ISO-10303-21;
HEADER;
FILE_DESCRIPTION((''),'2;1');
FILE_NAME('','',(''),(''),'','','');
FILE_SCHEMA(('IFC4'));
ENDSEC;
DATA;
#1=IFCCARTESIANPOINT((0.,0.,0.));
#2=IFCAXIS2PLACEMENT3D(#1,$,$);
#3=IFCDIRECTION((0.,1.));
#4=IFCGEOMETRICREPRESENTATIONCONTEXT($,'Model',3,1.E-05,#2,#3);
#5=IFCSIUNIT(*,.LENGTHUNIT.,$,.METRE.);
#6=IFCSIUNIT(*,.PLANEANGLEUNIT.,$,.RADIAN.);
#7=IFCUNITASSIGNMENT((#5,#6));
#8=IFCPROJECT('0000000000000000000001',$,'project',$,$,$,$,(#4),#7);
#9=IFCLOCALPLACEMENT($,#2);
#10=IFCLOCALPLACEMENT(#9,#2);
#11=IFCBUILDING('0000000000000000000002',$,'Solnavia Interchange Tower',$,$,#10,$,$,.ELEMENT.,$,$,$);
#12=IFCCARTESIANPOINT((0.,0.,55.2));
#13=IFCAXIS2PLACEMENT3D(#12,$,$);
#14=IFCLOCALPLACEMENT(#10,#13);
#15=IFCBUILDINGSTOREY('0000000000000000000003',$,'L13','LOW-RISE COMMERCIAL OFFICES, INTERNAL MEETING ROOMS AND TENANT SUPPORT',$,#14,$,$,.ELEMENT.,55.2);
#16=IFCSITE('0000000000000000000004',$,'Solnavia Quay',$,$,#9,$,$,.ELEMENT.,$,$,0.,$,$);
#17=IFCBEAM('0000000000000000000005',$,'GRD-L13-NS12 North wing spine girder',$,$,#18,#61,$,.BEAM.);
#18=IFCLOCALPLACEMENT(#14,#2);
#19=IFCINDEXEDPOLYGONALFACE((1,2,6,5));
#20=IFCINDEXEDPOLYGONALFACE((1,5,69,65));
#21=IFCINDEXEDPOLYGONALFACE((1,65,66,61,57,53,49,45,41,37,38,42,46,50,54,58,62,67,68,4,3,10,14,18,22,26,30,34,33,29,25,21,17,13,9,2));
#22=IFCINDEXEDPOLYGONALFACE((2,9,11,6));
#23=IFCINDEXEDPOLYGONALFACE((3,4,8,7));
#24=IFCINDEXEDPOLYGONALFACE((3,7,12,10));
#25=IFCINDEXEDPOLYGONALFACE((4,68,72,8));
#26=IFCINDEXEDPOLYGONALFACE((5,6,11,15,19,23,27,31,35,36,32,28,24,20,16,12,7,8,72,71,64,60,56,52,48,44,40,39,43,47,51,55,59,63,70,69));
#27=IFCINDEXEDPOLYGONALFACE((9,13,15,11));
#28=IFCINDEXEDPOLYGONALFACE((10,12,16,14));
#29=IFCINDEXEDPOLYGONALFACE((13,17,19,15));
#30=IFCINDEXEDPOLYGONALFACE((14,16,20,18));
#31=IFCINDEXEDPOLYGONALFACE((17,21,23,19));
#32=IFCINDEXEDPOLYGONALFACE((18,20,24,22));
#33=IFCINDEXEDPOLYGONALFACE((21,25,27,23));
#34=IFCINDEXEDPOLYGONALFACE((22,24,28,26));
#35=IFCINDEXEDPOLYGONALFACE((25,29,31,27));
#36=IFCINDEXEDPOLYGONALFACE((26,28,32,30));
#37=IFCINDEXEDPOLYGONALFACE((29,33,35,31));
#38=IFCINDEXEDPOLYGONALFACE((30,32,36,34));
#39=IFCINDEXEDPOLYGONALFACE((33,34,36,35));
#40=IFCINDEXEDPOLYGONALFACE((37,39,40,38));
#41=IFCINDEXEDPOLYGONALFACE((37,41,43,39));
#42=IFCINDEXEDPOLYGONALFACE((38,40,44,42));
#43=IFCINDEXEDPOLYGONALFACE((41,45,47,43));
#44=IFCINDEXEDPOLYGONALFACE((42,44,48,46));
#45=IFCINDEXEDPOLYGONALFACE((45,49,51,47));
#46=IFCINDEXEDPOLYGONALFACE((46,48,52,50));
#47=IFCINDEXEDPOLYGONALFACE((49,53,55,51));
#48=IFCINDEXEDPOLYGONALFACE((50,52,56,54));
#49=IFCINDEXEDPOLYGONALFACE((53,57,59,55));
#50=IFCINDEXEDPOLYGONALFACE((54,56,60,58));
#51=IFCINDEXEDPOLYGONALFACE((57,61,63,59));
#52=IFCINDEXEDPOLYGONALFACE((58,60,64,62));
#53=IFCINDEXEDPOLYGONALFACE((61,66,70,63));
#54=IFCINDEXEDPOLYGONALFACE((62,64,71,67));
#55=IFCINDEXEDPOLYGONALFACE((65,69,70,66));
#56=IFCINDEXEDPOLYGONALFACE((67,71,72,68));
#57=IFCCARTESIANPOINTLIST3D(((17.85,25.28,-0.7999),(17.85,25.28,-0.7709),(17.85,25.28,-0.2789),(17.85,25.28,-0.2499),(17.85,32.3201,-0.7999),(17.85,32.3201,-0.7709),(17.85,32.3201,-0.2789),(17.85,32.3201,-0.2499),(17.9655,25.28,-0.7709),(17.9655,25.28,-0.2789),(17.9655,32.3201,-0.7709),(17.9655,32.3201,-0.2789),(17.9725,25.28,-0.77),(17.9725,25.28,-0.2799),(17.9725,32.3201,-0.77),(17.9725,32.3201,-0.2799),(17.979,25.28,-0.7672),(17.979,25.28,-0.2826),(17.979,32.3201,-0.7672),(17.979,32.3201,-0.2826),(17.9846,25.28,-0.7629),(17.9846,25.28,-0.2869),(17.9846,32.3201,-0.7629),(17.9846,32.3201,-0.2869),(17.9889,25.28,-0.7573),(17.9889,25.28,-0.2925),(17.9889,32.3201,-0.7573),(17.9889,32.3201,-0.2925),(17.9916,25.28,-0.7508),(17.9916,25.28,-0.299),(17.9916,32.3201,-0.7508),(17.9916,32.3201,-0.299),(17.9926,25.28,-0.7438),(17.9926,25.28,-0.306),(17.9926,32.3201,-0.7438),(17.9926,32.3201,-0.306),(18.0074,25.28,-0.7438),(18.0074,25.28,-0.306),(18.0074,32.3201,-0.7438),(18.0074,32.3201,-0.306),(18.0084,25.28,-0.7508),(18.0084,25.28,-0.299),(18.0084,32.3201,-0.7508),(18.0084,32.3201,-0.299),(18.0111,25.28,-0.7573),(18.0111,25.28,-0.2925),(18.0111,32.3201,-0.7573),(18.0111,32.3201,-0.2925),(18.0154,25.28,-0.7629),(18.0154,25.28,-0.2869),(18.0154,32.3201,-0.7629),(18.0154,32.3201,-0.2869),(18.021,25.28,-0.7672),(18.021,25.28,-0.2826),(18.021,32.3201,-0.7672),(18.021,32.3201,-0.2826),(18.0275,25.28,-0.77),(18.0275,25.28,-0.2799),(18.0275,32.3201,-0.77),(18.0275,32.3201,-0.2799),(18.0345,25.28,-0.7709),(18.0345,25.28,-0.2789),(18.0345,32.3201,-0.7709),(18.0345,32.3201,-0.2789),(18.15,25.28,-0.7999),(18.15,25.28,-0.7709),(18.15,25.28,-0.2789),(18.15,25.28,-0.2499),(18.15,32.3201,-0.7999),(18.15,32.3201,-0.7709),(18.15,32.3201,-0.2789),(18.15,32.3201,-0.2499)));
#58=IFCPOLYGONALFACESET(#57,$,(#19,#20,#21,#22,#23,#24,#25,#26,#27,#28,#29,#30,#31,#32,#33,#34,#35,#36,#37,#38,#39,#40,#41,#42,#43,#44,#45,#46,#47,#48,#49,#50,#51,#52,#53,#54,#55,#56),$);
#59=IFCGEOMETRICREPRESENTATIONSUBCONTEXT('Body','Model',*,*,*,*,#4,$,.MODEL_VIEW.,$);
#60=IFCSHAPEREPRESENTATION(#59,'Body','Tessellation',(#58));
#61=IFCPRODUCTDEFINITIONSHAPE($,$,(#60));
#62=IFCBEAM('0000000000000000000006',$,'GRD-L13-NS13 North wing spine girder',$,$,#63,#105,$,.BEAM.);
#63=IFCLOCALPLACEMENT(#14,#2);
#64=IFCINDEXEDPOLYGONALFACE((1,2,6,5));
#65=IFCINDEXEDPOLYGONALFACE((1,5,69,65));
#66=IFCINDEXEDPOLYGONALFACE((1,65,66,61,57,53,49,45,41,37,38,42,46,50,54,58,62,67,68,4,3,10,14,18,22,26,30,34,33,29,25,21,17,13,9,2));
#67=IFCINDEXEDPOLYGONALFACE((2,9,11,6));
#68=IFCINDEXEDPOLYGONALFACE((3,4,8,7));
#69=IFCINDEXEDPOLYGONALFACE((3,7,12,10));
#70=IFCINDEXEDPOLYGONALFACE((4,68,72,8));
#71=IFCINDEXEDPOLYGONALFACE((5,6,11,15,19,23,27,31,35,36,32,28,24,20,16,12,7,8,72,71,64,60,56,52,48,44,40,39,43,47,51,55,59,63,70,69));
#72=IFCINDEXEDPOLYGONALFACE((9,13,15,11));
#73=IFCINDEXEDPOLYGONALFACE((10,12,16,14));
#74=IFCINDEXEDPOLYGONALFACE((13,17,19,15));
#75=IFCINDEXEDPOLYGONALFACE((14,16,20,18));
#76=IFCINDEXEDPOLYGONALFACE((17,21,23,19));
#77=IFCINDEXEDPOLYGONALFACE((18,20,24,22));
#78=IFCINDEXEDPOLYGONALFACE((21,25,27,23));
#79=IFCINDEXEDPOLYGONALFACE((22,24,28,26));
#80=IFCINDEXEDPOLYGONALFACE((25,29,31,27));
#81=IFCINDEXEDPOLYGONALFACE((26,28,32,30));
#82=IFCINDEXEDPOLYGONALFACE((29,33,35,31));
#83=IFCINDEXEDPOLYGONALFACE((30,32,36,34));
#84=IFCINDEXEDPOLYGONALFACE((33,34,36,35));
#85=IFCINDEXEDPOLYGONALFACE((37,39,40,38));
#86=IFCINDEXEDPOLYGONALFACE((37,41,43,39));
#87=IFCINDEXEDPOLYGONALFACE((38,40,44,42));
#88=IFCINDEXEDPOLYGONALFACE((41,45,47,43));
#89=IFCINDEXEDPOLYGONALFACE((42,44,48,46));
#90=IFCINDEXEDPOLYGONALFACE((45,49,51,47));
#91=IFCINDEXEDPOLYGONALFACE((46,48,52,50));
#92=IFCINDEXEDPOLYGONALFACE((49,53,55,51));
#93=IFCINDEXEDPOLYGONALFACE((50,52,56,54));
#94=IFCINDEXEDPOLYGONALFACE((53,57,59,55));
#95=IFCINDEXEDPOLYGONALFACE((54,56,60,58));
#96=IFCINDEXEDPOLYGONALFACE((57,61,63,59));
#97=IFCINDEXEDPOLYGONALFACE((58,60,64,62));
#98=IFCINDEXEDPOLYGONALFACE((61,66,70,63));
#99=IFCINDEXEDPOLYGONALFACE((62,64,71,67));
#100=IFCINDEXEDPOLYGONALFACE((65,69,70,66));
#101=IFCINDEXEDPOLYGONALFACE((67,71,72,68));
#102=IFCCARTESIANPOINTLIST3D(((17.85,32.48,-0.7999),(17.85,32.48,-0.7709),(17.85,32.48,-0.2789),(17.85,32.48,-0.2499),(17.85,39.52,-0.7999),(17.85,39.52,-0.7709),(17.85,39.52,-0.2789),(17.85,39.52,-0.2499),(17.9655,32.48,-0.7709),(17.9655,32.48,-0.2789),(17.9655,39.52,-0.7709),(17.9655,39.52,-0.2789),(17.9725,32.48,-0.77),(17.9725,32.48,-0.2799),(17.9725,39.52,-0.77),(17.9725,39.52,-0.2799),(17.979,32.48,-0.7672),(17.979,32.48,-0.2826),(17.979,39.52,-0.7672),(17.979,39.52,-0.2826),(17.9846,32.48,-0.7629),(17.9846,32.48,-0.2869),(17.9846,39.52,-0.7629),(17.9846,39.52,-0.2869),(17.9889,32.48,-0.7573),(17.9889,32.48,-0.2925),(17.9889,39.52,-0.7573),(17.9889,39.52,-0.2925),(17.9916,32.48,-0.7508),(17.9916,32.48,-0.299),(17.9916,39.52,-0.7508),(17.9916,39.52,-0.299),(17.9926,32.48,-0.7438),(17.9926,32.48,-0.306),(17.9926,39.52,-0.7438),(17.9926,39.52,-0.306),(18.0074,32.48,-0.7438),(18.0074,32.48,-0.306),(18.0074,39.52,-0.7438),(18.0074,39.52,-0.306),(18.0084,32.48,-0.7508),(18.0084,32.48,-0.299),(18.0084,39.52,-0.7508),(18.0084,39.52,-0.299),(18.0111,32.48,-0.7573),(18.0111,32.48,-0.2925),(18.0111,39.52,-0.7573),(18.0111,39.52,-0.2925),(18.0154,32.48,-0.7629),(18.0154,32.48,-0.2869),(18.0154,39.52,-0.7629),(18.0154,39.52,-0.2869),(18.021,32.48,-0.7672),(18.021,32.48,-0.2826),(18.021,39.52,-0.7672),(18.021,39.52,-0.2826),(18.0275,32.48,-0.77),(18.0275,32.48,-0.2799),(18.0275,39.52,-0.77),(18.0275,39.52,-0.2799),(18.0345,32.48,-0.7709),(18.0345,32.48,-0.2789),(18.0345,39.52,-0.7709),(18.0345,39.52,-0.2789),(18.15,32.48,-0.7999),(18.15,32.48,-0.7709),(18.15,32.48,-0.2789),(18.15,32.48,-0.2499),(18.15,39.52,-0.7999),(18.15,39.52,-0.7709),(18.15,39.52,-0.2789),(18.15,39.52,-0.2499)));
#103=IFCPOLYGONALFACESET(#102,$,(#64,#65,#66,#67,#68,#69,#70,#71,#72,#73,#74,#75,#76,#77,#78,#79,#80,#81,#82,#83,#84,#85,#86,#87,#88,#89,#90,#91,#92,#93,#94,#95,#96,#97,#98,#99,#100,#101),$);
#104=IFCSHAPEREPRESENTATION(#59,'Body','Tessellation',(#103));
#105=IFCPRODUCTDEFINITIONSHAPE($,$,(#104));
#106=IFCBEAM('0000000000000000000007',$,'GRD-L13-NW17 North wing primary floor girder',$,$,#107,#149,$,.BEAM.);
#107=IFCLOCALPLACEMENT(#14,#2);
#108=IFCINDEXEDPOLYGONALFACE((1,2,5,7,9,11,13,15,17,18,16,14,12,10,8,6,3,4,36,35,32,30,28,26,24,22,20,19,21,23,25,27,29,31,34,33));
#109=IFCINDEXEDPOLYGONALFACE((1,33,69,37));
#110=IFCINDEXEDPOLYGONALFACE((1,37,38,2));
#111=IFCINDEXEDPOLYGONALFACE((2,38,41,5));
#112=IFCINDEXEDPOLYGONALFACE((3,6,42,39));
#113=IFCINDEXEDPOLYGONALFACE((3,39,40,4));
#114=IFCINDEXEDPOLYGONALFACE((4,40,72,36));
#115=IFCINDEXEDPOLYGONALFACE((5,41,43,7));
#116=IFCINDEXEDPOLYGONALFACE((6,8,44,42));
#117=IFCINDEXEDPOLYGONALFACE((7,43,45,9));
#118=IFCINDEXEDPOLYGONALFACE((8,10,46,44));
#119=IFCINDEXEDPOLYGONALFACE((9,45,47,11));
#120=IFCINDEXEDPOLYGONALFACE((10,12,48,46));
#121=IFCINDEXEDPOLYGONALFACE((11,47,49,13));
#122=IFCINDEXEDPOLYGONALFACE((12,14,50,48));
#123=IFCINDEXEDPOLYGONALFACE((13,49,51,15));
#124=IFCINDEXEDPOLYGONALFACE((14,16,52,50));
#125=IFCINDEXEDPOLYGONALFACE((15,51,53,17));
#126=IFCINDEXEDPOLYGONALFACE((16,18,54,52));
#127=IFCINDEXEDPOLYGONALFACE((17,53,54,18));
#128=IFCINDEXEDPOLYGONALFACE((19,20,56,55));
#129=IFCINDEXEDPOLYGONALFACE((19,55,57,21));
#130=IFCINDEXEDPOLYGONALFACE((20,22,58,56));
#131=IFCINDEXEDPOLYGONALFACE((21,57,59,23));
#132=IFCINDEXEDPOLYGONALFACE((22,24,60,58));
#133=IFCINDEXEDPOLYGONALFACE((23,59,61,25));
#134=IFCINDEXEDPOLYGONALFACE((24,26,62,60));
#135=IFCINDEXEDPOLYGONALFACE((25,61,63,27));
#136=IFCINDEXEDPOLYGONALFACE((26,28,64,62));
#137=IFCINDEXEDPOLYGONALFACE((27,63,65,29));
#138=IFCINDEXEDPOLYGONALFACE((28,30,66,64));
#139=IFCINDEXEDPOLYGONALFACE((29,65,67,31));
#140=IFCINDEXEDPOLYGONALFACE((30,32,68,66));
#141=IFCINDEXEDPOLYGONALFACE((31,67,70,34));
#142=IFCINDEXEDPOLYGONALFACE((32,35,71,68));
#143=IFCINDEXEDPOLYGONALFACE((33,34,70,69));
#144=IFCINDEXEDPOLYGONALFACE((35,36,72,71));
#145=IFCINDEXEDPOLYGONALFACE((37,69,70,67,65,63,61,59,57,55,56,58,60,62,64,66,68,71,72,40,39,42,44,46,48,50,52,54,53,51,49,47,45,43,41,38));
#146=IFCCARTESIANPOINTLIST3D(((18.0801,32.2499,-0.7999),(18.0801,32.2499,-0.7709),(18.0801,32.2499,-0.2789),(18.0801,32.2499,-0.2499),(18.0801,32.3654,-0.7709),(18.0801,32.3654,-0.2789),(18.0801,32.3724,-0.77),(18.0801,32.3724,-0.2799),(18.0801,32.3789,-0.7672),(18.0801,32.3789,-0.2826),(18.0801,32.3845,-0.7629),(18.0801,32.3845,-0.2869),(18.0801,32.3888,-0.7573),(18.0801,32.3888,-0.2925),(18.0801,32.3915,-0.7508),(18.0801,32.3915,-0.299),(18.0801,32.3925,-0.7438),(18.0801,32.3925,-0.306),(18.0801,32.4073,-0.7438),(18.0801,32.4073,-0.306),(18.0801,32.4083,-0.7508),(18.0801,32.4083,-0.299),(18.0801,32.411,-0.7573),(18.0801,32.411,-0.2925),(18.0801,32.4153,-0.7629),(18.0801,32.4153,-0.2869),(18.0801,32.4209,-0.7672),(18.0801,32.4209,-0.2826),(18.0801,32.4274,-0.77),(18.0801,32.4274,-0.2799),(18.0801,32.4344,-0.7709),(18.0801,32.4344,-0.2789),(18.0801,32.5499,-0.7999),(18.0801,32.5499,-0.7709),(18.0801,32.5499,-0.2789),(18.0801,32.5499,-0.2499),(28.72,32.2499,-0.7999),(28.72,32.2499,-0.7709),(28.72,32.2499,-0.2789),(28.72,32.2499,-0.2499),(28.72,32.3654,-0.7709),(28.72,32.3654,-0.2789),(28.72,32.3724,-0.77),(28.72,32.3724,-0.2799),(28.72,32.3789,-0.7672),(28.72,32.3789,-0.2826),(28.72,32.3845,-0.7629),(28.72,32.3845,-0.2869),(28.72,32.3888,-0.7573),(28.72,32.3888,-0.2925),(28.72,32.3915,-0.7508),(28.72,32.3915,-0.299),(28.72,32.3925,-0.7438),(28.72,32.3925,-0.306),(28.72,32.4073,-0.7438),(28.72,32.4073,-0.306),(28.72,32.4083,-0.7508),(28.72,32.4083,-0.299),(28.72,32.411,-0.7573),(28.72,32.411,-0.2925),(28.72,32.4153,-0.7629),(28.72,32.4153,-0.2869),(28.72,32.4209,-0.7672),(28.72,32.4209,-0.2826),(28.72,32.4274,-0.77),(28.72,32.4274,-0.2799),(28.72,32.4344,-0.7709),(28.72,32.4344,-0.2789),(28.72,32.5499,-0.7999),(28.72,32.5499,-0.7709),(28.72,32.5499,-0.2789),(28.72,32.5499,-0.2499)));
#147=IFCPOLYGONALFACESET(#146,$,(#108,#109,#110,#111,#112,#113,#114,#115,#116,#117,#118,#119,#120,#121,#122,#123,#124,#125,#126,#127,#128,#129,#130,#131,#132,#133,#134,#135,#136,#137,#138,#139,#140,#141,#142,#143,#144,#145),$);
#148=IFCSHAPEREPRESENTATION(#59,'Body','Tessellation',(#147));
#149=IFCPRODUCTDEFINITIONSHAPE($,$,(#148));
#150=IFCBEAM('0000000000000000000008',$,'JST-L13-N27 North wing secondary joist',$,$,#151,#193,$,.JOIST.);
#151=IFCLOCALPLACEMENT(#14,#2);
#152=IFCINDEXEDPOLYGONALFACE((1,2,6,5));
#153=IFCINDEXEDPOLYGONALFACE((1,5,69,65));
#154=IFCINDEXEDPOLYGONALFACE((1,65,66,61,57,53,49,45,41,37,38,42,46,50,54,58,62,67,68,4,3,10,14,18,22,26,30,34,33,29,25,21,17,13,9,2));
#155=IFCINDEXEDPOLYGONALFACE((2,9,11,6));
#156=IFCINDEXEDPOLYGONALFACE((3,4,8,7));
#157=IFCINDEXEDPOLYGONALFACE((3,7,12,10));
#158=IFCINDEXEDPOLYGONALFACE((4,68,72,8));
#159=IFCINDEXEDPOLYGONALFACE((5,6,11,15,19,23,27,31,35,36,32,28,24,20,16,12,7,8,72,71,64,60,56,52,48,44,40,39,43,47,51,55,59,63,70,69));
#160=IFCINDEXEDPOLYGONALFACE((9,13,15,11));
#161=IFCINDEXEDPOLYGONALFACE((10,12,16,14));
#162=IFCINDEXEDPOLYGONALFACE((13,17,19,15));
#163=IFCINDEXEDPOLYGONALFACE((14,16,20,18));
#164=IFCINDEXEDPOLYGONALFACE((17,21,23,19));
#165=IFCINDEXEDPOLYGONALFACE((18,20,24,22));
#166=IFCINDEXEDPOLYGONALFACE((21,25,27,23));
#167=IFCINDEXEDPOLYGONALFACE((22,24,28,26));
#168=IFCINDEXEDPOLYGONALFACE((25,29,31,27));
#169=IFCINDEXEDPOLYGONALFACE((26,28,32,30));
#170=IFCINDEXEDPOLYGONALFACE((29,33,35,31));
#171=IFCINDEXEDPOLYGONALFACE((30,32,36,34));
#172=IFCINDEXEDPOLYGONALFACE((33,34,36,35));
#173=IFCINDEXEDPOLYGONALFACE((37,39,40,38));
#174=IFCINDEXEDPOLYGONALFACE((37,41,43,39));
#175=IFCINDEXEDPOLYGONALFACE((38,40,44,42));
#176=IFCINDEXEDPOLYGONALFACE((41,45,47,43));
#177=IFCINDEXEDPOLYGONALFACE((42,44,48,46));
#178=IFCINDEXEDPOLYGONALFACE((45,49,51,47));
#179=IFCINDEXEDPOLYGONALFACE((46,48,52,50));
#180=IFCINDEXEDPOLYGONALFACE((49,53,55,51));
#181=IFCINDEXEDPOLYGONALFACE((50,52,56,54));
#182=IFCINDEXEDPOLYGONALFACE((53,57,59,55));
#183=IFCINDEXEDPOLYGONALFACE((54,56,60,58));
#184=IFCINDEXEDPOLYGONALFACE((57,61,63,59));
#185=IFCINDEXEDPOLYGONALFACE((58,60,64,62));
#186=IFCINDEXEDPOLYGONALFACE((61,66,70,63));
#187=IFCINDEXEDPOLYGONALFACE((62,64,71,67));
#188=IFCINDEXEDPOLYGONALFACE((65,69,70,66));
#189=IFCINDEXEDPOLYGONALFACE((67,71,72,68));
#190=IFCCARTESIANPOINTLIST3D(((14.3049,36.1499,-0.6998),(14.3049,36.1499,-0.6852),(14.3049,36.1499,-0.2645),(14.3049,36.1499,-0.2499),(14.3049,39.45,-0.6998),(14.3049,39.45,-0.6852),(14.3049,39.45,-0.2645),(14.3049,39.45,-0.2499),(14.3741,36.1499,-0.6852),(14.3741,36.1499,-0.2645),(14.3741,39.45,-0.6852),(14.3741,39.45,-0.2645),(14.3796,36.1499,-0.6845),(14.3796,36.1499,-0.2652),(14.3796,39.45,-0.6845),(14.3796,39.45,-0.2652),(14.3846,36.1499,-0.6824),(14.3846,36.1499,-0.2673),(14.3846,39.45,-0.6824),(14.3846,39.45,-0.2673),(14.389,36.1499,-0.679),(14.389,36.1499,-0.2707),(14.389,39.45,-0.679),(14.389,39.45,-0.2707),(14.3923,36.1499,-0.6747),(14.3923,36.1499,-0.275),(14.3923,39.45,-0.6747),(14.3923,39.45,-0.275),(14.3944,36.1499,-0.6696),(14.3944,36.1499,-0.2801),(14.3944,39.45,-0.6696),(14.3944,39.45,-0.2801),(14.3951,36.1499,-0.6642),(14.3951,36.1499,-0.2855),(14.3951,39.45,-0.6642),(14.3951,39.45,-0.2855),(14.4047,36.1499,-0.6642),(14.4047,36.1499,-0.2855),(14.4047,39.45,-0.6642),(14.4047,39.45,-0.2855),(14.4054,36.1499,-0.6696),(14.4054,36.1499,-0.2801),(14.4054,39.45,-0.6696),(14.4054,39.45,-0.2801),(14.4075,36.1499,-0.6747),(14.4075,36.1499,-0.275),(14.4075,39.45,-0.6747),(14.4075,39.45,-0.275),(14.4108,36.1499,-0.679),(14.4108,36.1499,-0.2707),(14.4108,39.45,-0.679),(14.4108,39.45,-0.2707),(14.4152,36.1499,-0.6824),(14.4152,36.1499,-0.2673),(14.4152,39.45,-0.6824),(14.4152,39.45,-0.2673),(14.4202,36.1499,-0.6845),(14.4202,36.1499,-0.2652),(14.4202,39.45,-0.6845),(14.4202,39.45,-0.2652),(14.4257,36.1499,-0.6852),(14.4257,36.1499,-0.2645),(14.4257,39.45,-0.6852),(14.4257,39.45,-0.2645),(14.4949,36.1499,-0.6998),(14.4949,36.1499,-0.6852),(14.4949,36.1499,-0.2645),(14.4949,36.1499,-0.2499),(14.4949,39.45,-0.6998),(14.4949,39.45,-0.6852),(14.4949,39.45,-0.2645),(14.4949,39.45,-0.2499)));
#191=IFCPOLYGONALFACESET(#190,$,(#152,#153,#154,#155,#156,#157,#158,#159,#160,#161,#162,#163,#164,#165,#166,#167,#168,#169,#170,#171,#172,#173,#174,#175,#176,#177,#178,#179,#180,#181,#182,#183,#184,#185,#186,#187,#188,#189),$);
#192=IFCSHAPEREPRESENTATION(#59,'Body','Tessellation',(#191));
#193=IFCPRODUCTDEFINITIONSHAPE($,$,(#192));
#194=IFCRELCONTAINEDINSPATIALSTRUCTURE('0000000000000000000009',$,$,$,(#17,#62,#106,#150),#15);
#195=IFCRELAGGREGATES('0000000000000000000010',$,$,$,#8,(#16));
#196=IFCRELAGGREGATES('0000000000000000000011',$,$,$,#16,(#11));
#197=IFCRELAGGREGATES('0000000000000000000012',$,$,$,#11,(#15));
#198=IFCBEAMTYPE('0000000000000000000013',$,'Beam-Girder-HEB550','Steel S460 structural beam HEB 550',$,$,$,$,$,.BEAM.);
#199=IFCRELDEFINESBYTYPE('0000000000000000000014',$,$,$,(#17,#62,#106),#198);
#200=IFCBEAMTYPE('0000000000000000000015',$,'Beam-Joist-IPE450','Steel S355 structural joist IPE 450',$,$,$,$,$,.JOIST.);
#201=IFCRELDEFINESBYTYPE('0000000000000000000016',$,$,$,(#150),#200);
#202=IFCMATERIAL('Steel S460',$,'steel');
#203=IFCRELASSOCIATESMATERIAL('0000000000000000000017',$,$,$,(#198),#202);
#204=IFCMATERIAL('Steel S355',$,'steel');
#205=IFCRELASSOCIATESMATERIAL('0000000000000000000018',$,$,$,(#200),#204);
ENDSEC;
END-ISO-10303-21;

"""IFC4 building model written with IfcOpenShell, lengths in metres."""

from ifc_helpers import new_model, si_unit, direction, frame, origin, origin_2d, place, context, subcontext, project, spatial, i_section, extrude, material, material_profile, profile_set, type_object, element, save


model = new_model("IFC4")

# Units and contexts
model_context = context("Model", 3, precision=1e-05, world=origin(), true_north=direction((0.0, 1.0)))
body_context = subcontext(model_context, "Body", "Model", "MODEL_VIEW")
ifc_project = project(units=[si_unit("LENGTHUNIT", "METRE"), si_unit("PLANEANGLEUNIT", "RADIAN")], contexts=[model_context])

# Site, building, storey
site_placement = place(None, origin())
site = spatial("IfcSite", under=ifc_project, at=site_placement, Name="Solnavia Quay", CompositionType="ELEMENT", RefElevation=0.0)
building_placement = place(site_placement, origin())
building = spatial("IfcBuilding", under=site, at=building_placement, Name="Solnavia Interchange Tower", CompositionType="ELEMENT")
storey_placement = place(building_placement, frame((0.0, 0.0, 55.2)))
storey = spatial("IfcBuildingStorey", under=building, at=storey_placement, Name="L13", Description="LOW-RISE COMMERCIAL OFFICES, INTERNAL MEETING ROOMS AND TENANT SUPPORT", CompositionType="ELEMENT", Elevation=55.2)

# Shared definitions
ifc_material_1 = material(Name="Steel S355", Category="steel")

# Beams
ifc_material_2 = material(Name="Steel S460", Category="steel")
ifc_material_profile_1 = material_profile(ifc_material_2, i_section(OverallWidth=0.3, OverallDepth=0.55, WebThickness=0.0149, FlangeThickness=0.0291, FilletRadius=0.0271, at=origin_2d()), Name="HEB 550")
ifc_profile_set_1 = profile_set([ifc_material_profile_1], Name="Steel S460")
beam_type_1 = type_object("IfcBeamType", Name="Beam-Girder-HEB550", Description="Steel S460 structural beam HEB 550", PredefinedType="BEAM", material=ifc_profile_set_1)
for number, where, z_axis, x_axis, name in (
    (1, (18.0, 25.28, -0.5249), (0.0, 1.0, 0.0), (-1.0, 0.0, 0.0), "GRD-L13-NS12 North wing spine girder"),
    (2, (18.0, 32.48, -0.5249), (0.0, 1.0, 0.0), (-1.0, 0.0, 0.0), "GRD-L13-NS13 North wing spine girder"),
):
    element("IfcBeam", number, at=place(storey_placement, frame(where, z_axis=z_axis, x_axis=x_axis)), inside=storey, type_object=beam_type_1, Name=name, PredefinedType="BEAM", context=body_context, shape_type="SweptSolid", body=[
        extrude(i_section(OverallWidth=0.3, OverallDepth=0.55, WebThickness=0.0149, FlangeThickness=0.0291, FilletRadius=0.0271, at=origin_2d()), origin(), (0.0, 0.0, 1.0), 7.04),
    ])
beam_placement = place(storey_placement, frame((18.0801, 32.3999, -0.5249), z_axis=(1.0, 0.0, 0.0), x_axis=(0.0, 1.0, 0.0)))
element("IfcBeam", 3, at=beam_placement, inside=storey, type_object=beam_type_1, Name="GRD-L13-NW17 North wing primary floor girder", PredefinedType="BEAM", context=body_context, shape_type="SweptSolid", body=[
    extrude(i_section(OverallWidth=0.3, OverallDepth=0.55, WebThickness=0.0149, FlangeThickness=0.0291, FilletRadius=0.0271, at=origin_2d()), origin(), (0.0, 0.0, 1.0), 10.6399),
])
ifc_material_profile_2 = material_profile(ifc_material_1, i_section(OverallWidth=0.1899, OverallDepth=0.45, WebThickness=0.0095, FlangeThickness=0.0146, FilletRadius=0.021, at=origin_2d()), Name="IPE 450")
ifc_profile_set_2 = profile_set([ifc_material_profile_2], Name="Steel S355")
beam_type_2 = type_object("IfcBeamType", Name="Beam-Joist-IPE450", Description="Steel S355 structural joist IPE 450", PredefinedType="JOIST", material=ifc_profile_set_2)
for number, where, z_axis, x_axis, name in (
    (4, (14.3999, 36.1499, -0.4749), (0.0, 1.0, 0.0), (-1.0, 0.0, 0.0), "JST-L13-N27 North wing secondary joist"),
):
    element("IfcBeam", number, at=place(storey_placement, frame(where, z_axis=z_axis, x_axis=x_axis)), inside=storey, type_object=beam_type_2, Name=name, PredefinedType="JOIST", context=body_context, shape_type="SweptSolid", body=[
        extrude(i_section(OverallWidth=0.1899, OverallDepth=0.45, WebThickness=0.0095, FlangeThickness=0.0146, FilletRadius=0.021, at=origin_2d()), origin(), (0.0, 0.0, 1.0), 3.3),
    ])

save(model, "model.ifc")
